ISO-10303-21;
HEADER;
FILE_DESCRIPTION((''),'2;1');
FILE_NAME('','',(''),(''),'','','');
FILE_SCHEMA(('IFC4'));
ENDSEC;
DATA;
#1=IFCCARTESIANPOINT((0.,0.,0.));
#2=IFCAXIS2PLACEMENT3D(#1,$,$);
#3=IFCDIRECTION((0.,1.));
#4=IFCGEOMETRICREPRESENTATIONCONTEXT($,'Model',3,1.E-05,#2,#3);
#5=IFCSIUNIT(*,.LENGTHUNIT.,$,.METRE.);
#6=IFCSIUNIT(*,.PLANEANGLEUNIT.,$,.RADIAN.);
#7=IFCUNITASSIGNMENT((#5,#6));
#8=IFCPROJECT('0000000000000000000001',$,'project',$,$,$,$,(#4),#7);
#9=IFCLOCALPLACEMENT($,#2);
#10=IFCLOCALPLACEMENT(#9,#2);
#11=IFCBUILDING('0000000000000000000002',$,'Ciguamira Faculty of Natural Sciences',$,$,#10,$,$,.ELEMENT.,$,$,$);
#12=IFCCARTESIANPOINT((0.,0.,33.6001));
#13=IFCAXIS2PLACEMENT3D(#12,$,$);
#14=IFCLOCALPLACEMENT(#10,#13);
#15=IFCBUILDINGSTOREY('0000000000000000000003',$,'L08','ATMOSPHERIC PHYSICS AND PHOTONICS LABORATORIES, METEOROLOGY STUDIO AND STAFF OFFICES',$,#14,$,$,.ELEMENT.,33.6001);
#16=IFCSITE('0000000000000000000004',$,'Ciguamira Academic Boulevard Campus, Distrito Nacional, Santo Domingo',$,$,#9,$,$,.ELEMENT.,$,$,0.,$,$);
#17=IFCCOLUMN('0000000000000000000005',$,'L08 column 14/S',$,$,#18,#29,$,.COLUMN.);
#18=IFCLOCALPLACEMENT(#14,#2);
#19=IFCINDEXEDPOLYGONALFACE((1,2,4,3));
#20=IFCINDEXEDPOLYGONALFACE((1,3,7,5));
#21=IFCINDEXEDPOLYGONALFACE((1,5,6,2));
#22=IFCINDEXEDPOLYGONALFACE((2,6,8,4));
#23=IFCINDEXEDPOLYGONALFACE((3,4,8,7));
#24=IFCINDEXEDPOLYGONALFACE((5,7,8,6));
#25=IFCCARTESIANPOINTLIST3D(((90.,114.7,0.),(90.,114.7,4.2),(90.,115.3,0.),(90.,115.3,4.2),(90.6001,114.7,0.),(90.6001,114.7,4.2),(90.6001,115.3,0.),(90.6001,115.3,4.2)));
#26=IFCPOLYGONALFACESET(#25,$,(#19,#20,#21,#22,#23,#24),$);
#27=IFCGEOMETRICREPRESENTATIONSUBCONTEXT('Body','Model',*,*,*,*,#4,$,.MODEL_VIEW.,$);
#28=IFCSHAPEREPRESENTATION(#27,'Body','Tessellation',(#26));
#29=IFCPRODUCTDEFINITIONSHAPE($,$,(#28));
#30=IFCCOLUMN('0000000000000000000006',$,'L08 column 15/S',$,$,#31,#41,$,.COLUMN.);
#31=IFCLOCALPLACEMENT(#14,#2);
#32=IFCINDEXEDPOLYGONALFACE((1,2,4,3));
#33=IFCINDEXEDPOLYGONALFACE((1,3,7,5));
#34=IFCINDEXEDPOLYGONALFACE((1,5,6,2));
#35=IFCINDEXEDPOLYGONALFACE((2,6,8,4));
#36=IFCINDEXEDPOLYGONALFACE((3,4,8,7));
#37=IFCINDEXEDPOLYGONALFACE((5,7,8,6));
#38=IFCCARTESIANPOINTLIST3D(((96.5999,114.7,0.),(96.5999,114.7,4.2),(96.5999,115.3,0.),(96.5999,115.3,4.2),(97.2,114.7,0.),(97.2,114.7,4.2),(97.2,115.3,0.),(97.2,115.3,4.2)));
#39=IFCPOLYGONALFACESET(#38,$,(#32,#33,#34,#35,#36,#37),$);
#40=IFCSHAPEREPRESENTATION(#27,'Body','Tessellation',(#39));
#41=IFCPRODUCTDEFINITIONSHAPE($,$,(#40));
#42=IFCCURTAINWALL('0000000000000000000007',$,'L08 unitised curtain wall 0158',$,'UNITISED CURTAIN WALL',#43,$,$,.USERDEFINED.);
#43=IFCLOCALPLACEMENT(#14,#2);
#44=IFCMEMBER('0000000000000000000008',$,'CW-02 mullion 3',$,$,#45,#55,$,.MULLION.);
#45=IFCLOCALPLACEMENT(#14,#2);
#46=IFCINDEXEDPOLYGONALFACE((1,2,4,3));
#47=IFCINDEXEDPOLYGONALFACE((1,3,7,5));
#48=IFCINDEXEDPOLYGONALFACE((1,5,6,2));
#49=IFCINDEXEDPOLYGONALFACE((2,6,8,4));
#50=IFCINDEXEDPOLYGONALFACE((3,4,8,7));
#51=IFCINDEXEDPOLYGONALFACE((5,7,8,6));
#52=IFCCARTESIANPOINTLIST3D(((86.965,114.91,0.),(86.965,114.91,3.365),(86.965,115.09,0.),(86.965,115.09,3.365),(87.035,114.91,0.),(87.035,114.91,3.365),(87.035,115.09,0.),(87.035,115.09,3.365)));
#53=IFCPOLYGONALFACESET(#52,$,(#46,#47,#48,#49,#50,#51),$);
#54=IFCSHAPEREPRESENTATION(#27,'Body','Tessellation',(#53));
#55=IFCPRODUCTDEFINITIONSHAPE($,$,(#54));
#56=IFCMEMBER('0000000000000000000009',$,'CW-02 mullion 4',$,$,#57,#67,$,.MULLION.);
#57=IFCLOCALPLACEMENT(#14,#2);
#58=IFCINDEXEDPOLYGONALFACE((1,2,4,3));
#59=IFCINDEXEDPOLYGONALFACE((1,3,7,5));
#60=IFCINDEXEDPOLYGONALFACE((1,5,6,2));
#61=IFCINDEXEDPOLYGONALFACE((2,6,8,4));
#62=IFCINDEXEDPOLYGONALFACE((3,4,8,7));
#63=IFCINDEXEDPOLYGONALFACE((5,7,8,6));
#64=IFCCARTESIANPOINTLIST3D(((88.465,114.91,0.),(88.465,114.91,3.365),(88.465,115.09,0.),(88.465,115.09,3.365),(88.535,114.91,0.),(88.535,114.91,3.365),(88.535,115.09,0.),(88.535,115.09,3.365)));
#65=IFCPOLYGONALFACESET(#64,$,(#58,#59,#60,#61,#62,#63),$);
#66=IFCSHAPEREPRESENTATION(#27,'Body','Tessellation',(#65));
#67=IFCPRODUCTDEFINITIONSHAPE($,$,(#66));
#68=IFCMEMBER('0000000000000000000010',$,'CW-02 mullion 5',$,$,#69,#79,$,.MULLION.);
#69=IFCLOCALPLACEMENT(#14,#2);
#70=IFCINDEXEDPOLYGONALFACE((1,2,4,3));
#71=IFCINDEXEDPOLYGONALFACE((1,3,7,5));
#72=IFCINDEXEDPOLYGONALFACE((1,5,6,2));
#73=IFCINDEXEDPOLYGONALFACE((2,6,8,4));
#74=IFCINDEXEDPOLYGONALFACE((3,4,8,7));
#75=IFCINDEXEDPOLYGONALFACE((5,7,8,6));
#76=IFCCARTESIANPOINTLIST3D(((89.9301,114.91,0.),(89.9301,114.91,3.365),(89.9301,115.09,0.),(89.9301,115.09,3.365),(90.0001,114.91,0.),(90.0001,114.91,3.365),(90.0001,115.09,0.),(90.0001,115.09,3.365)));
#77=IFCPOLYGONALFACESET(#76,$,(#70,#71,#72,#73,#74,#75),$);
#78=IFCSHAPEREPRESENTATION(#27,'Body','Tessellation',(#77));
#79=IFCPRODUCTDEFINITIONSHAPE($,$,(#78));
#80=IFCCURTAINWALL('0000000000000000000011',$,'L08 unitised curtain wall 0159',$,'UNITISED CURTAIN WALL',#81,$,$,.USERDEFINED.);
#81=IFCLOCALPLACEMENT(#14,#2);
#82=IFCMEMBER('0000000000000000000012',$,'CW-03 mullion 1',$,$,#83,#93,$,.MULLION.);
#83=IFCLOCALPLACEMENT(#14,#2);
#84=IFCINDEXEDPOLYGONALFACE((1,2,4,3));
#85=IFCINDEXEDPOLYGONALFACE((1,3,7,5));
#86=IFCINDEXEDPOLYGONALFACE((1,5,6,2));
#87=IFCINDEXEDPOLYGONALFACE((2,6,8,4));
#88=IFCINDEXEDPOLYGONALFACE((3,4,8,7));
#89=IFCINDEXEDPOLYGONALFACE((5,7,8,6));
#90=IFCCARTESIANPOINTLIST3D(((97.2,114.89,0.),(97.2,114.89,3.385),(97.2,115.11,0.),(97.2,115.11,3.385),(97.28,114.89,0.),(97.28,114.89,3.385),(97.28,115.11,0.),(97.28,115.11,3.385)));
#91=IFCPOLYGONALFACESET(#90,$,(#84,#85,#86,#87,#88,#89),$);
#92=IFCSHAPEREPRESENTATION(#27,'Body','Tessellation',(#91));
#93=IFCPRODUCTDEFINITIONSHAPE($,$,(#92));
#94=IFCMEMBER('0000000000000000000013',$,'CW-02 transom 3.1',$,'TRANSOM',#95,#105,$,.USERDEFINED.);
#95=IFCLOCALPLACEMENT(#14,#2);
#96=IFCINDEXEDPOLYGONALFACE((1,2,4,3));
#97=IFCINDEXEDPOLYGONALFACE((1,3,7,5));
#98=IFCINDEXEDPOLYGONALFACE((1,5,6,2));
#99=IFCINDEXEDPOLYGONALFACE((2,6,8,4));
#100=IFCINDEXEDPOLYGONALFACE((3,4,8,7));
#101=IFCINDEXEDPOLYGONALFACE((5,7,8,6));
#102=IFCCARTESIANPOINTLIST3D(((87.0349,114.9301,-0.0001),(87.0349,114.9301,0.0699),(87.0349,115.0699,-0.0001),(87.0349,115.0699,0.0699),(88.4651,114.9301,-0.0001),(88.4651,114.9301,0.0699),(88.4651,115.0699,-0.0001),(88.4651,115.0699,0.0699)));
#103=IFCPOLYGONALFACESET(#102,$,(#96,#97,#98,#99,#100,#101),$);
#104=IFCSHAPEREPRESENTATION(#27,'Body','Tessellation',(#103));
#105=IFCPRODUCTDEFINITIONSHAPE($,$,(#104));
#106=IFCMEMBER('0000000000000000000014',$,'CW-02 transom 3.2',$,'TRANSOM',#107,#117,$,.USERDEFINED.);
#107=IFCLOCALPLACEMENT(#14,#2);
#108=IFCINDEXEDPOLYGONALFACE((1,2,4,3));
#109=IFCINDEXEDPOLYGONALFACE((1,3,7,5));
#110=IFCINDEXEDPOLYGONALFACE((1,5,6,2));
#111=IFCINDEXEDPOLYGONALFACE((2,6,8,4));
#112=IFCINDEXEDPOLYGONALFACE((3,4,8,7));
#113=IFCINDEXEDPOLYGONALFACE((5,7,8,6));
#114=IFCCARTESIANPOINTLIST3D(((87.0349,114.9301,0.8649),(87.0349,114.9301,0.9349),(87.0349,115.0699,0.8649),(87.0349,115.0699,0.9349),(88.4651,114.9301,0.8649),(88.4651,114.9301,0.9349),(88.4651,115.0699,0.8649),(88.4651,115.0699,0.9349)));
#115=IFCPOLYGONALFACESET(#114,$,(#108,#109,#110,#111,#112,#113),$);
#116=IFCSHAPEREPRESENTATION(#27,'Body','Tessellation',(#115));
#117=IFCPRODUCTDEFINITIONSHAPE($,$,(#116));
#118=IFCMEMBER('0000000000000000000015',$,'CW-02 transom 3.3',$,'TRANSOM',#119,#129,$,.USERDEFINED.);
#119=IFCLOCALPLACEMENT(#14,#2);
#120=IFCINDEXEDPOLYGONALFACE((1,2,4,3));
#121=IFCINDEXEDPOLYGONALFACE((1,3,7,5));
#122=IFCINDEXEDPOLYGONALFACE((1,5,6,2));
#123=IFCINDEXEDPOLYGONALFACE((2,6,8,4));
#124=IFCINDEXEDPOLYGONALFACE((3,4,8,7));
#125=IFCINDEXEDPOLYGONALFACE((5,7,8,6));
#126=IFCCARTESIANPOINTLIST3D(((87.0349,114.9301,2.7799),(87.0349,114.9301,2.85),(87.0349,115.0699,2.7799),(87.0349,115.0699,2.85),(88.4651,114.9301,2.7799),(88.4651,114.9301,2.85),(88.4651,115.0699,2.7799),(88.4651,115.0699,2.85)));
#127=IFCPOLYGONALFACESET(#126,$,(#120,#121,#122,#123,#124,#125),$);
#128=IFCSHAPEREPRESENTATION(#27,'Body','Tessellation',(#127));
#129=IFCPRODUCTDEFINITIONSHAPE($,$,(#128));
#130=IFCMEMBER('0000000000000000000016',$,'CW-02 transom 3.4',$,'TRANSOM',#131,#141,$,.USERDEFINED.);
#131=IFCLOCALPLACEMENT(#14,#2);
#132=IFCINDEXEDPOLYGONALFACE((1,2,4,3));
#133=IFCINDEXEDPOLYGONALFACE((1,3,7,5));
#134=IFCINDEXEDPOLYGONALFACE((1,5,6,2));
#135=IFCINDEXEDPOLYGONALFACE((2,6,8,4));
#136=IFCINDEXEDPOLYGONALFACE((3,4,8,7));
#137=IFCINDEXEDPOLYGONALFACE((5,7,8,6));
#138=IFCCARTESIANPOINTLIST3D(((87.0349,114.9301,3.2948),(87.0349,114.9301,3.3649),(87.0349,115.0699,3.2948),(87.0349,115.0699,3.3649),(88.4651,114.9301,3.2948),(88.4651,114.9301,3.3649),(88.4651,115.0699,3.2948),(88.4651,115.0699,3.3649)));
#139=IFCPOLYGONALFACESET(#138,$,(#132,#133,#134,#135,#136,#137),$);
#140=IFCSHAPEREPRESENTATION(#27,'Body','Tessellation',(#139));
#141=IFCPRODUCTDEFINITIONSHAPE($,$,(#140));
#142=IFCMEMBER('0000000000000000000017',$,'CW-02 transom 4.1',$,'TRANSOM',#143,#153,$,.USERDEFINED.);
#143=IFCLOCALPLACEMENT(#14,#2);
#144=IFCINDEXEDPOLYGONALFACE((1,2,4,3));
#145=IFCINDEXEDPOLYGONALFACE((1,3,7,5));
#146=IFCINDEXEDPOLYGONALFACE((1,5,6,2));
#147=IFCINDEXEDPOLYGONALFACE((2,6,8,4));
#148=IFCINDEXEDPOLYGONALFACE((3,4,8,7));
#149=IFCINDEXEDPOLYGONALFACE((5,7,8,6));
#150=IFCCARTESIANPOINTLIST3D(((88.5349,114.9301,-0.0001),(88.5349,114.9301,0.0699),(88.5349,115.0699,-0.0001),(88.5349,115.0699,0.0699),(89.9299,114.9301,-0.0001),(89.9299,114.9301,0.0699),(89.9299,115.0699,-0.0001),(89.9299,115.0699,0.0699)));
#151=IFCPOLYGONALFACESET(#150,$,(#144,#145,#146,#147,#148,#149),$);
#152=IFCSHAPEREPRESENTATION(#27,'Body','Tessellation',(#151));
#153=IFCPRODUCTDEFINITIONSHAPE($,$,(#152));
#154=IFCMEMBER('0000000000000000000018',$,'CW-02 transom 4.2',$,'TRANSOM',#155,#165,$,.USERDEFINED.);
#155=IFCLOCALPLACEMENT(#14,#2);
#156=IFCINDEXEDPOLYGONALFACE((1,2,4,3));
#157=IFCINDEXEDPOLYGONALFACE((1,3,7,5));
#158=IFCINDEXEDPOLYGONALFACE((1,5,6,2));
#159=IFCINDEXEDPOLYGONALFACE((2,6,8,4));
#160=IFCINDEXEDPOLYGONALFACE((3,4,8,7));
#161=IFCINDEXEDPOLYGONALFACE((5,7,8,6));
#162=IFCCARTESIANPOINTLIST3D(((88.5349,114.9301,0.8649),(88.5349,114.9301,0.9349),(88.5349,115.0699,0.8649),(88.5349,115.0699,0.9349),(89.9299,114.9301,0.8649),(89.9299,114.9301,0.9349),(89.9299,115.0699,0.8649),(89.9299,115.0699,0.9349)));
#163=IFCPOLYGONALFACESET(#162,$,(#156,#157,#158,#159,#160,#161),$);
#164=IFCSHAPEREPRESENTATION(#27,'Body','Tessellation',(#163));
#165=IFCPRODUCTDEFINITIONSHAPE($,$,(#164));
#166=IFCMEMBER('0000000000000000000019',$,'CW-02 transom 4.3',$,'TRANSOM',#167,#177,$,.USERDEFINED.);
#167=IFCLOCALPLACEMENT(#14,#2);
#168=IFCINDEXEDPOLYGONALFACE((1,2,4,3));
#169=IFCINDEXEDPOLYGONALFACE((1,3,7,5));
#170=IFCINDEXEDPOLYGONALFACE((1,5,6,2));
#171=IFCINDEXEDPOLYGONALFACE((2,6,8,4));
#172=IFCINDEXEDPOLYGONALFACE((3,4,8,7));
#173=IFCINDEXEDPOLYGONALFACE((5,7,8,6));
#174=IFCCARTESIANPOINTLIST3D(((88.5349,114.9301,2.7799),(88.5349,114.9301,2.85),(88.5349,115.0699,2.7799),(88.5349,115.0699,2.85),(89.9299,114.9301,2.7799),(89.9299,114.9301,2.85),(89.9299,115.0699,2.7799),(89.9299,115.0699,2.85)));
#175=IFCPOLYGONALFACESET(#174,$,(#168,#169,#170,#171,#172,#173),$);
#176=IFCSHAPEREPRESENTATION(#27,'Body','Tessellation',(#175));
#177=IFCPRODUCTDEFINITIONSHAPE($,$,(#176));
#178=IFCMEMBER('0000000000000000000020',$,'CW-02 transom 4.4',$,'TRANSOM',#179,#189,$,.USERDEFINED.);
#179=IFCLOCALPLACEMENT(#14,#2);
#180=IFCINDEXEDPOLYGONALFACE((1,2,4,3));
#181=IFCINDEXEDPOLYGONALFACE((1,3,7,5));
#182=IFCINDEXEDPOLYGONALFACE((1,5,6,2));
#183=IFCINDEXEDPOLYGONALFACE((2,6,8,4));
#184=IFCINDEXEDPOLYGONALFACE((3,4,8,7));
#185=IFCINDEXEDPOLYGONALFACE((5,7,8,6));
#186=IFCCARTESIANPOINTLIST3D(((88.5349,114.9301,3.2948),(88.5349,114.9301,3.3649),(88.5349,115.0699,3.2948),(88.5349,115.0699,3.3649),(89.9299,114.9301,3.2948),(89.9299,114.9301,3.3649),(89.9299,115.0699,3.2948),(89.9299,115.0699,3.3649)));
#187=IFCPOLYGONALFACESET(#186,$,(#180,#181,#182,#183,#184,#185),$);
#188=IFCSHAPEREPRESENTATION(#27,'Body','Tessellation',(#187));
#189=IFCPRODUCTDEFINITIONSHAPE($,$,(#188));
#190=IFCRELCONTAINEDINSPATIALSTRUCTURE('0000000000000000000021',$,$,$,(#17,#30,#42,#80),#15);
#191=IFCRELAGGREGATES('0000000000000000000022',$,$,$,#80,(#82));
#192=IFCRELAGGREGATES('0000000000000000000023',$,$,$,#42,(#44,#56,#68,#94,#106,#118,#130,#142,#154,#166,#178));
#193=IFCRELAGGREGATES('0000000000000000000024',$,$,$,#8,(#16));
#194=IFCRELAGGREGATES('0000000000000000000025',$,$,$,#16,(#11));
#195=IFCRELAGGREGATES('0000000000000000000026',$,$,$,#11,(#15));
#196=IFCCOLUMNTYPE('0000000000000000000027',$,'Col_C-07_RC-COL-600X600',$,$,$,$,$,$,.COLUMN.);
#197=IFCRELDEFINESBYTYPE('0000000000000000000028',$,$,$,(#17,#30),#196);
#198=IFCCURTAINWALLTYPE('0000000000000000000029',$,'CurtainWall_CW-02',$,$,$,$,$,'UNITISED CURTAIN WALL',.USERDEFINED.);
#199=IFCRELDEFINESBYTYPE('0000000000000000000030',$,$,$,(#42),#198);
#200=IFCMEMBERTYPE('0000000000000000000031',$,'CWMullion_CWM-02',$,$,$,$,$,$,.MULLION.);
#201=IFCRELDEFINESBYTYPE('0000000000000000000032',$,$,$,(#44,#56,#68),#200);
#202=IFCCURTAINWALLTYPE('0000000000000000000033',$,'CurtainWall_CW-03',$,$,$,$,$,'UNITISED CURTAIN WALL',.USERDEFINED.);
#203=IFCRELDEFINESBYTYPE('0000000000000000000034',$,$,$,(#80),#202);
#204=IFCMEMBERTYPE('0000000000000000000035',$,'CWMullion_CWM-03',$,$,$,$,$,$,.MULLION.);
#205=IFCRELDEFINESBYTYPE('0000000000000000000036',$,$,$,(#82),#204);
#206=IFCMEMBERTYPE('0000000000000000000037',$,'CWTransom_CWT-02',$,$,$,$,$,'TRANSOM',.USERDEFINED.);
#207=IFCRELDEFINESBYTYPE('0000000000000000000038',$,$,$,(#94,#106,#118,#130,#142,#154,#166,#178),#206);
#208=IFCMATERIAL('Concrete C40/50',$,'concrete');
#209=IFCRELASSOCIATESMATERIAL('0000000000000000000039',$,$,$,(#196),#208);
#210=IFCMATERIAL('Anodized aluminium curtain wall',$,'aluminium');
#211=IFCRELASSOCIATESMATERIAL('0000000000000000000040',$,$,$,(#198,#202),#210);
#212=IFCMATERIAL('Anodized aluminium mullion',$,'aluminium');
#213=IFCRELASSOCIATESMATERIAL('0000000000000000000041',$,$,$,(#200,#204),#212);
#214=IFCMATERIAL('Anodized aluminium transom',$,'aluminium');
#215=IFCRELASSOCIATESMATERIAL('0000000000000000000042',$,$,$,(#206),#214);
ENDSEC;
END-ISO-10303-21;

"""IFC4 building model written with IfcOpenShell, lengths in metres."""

from ifc_helpers import new_model, si_unit, direction, frame, origin, origin_2d, place, context, subcontext, project, spatial, rectangle, extrude, material, material_profile, profile_set, type_object, element, aggregate, save


model = new_model("IFC4")

# Units and contexts
model_context = context("Model", 3, precision=1e-05, world=origin(), true_north=direction((0.0, 1.0)))
body_context = subcontext(model_context, "Body", "Model", "MODEL_VIEW")
ifc_project = project(units=[si_unit("LENGTHUNIT", "METRE"), si_unit("PLANEANGLEUNIT", "RADIAN")], contexts=[model_context])

# Site, building, storey
site_placement = place(None, origin())
site = spatial("IfcSite", under=ifc_project, at=site_placement, Name="Ciguamira Academic Boulevard Campus, Distrito Nacional, Santo Domingo", CompositionType="ELEMENT", RefElevation=0.0)
building_placement = place(site_placement, origin())
building = spatial("IfcBuilding", under=site, at=building_placement, Name="Ciguamira Faculty of Natural Sciences", CompositionType="ELEMENT")
storey_placement = place(building_placement, frame((0.0, 0.0, 33.6001)))
storey = spatial("IfcBuildingStorey", under=building, at=storey_placement, Name="L08", Description="ATMOSPHERIC PHYSICS AND PHOTONICS LABORATORIES, METEOROLOGY STUDIO AND STAFF OFFICES", CompositionType="ELEMENT", Elevation=33.6001)

# Columns
ifc_material_1 = material(Name="Concrete C40/50", Category="concrete")
ifc_material_profile_1 = material_profile(ifc_material_1, rectangle(XDim=0.6001, YDim=0.6001, at=origin_2d()), Name="RC-COL-600X600")
ifc_profile_set_1 = profile_set([ifc_material_profile_1], Name="Concrete C40/50")
column_type = type_object("IfcColumnType", Name="Col_C-07_RC-COL-600X600", PredefinedType="COLUMN", material=ifc_profile_set_1)
for number, where, z_axis, x_axis, name in (
    (1, (90.3, 115.0, 0.0), (0.0, 0.0, 1.0), (1.0, 0.0, 0.0), "L08 column 14/S"),
    (2, (96.8999, 115.0, 0.0), (0.0, 0.0, 1.0), (1.0, 0.0, 0.0), "L08 column 15/S"),
):
    element("IfcColumn", number, at=place(storey_placement, frame(where, z_axis=z_axis, x_axis=x_axis)), inside=storey, type_object=column_type, Name=name, PredefinedType="COLUMN", context=body_context, shape_type="SweptSolid", body=[
        extrude(rectangle(XDim=0.6001, YDim=0.6001, at=origin_2d()), origin(), (0.0, 0.0, 1.0), 4.2),
    ])

# Curtain wall, members
ifc_material_2 = material(Name="Anodized aluminium curtain wall", Category="aluminium")
curtain_wall_type_1 = type_object("IfcCurtainWallType", Name="CurtainWall_CW-02", ElementType="UNITISED CURTAIN WALL", PredefinedType="USERDEFINED", material=ifc_material_2)
curtain_wall_1_placement = place(storey_placement, origin())
curtain_wall_1 = element("IfcCurtainWall", 3, at=curtain_wall_1_placement, inside=storey, type_object=curtain_wall_type_1, Name="L08 unitised curtain wall 0158", ObjectType="UNITISED CURTAIN WALL", PredefinedType="USERDEFINED")
ifc_material_3 = material(Name="Anodized aluminium mullion", Category="aluminium")
ifc_material_profile_2 = material_profile(ifc_material_3, rectangle(XDim=0.0701, YDim=0.1799, at=origin_2d()), Name="ALU-MUL-70X180")
ifc_profile_set_2 = profile_set([ifc_material_profile_2], Name="Anodized aluminium mullion")
member_type_1 = type_object("IfcMemberType", Name="CWMullion_CWM-02", PredefinedType="MULLION", material=ifc_profile_set_2)
member_1_placement = place(storey_placement, frame((87.0, 115.0, 0.0), z_axis=(0.0, 0.0, 1.0), x_axis=(1.0, 0.0, 0.0)))
member_1 = element("IfcMember", 4, at=member_1_placement, type_object=member_type_1, Name="CW-02 mullion 3", PredefinedType="MULLION", context=body_context, shape_type="SweptSolid", body=[
    extrude(rectangle(XDim=0.0701, YDim=0.1799, at=origin_2d()), origin(), (0.0, 0.0, 1.0), 3.365),
])
member_2_placement = place(storey_placement, frame((88.5, 115.0, 0.0), z_axis=(0.0, 0.0, 1.0), x_axis=(1.0, 0.0, 0.0)))
member_2 = element("IfcMember", 5, at=member_2_placement, type_object=member_type_1, Name="CW-02 mullion 4", PredefinedType="MULLION", context=body_context, shape_type="SweptSolid", body=[
    extrude(rectangle(XDim=0.0701, YDim=0.1799, at=origin_2d()), origin(), (0.0, 0.0, 1.0), 3.365),
])
member_3_placement = place(storey_placement, frame((89.9651, 115.0, 0.0), z_axis=(0.0, 0.0, 1.0), x_axis=(1.0, 0.0, 0.0)))
member_3 = element("IfcMember", 6, at=member_3_placement, type_object=member_type_1, Name="CW-02 mullion 5", PredefinedType="MULLION", context=body_context, shape_type="SweptSolid", body=[
    extrude(rectangle(XDim=0.0701, YDim=0.1799, at=origin_2d()), origin(), (0.0, 0.0, 1.0), 3.365),
])

# Curtain wall, member
curtain_wall_type_2 = type_object("IfcCurtainWallType", Name="CurtainWall_CW-03", ElementType="UNITISED CURTAIN WALL", PredefinedType="USERDEFINED", material=ifc_material_2)
curtain_wall_2_placement = place(storey_placement, origin())
curtain_wall_2 = element("IfcCurtainWall", 7, at=curtain_wall_2_placement, inside=storey, type_object=curtain_wall_type_2, Name="L08 unitised curtain wall 0159", ObjectType="UNITISED CURTAIN WALL", PredefinedType="USERDEFINED")
ifc_material_profile_3 = material_profile(ifc_material_3, rectangle(XDim=0.0801, YDim=0.22, at=origin_2d()), Name="ALU-MUL-80X220")
ifc_profile_set_3 = profile_set([ifc_material_profile_3], Name="Anodized aluminium mullion")
member_type_2 = type_object("IfcMemberType", Name="CWMullion_CWM-03", PredefinedType="MULLION", material=ifc_profile_set_3)
member_4_placement = place(storey_placement, frame((97.24, 115.0, 0.0), z_axis=(0.0, 0.0, 1.0), x_axis=(1.0, 0.0, 0.0)))
member_4 = element("IfcMember", 8, at=member_4_placement, type_object=member_type_2, Name="CW-03 mullion 1", PredefinedType="MULLION", context=body_context, shape_type="SweptSolid", body=[
    extrude(rectangle(XDim=0.0801, YDim=0.22, at=origin_2d()), origin(), (0.0, 0.0, 1.0), 3.385),
])

# Members
ifc_material_4 = material(Name="Anodized aluminium transom", Category="aluminium")
ifc_material_profile_4 = material_profile(ifc_material_4, rectangle(XDim=0.0701, YDim=0.1399, at=origin_2d()), Name="ALU-TRN-70X140")
ifc_profile_set_4 = profile_set([ifc_material_profile_4], Name="Anodized aluminium transom")
member_type_3 = type_object("IfcMemberType", Name="CWTransom_CWT-02", ElementType="TRANSOM", PredefinedType="USERDEFINED", material=ifc_profile_set_4)
member_5_placement = place(storey_placement, frame((87.0349, 115.0, 0.0349), z_axis=(1.0, 0.0, 0.0), x_axis=(0.0, 0.0, 1.0)))
member_5 = element("IfcMember", 9, at=member_5_placement, type_object=member_type_3, Name="CW-02 transom 3.1", ObjectType="TRANSOM", PredefinedType="USERDEFINED", context=body_context, shape_type="SweptSolid", body=[
    extrude(rectangle(XDim=0.0701, YDim=0.1399, at=origin_2d()), origin(), (0.0, 0.0, 1.0), 1.4302),
])
member_6_placement = place(storey_placement, frame((87.0349, 115.0, 0.8999), z_axis=(1.0, 0.0, 0.0), x_axis=(0.0, 0.0, 1.0)))
member_6 = element("IfcMember", 10, at=member_6_placement, type_object=member_type_3, Name="CW-02 transom 3.2", ObjectType="TRANSOM", PredefinedType="USERDEFINED", context=body_context, shape_type="SweptSolid", body=[
    extrude(rectangle(XDim=0.0701, YDim=0.1399, at=origin_2d()), origin(), (0.0, 0.0, 1.0), 1.4302),
])
member_7_placement = place(storey_placement, frame((87.0349, 115.0, 2.8149), z_axis=(1.0, 0.0, 0.0), x_axis=(0.0, 0.0, 1.0)))
member_7 = element("IfcMember", 11, at=member_7_placement, type_object=member_type_3, Name="CW-02 transom 3.3", ObjectType="TRANSOM", PredefinedType="USERDEFINED", context=body_context, shape_type="SweptSolid", body=[
    extrude(rectangle(XDim=0.0701, YDim=0.1399, at=origin_2d()), origin(), (0.0, 0.0, 1.0), 1.4302),
])
member_8_placement = place(storey_placement, frame((87.0349, 115.0, 3.3298), z_axis=(1.0, 0.0, 0.0), x_axis=(0.0, 0.0, 1.0)))
member_8 = element("IfcMember", 12, at=member_8_placement, type_object=member_type_3, Name="CW-02 transom 3.4", ObjectType="TRANSOM", PredefinedType="USERDEFINED", context=body_context, shape_type="SweptSolid", body=[
    extrude(rectangle(XDim=0.0701, YDim=0.1399, at=origin_2d()), origin(), (0.0, 0.0, 1.0), 1.4302),
])
member_9_placement = place(storey_placement, frame((88.5349, 115.0, 0.0349), z_axis=(1.0, 0.0, 0.0), x_axis=(0.0, 0.0, 1.0)))
member_9 = element("IfcMember", 13, at=member_9_placement, type_object=member_type_3, Name="CW-02 transom 4.1", ObjectType="TRANSOM", PredefinedType="USERDEFINED", context=body_context, shape_type="SweptSolid", body=[
    extrude(rectangle(XDim=0.0701, YDim=0.1399, at=origin_2d()), origin(), (0.0, 0.0, 1.0), 1.395),
])
member_10_placement = place(storey_placement, frame((88.5349, 115.0, 0.8999), z_axis=(1.0, 0.0, 0.0), x_axis=(0.0, 0.0, 1.0)))
member_10 = element("IfcMember", 14, at=member_10_placement, type_object=member_type_3, Name="CW-02 transom 4.2", ObjectType="TRANSOM", PredefinedType="USERDEFINED", context=body_context, shape_type="SweptSolid", body=[
    extrude(rectangle(XDim=0.0701, YDim=0.1399, at=origin_2d()), origin(), (0.0, 0.0, 1.0), 1.395),
])
member_11_placement = place(storey_placement, frame((88.5349, 115.0, 2.8149), z_axis=(1.0, 0.0, 0.0), x_axis=(0.0, 0.0, 1.0)))
member_11 = element("IfcMember", 15, at=member_11_placement, type_object=member_type_3, Name="CW-02 transom 4.3", ObjectType="TRANSOM", PredefinedType="USERDEFINED", context=body_context, shape_type="SweptSolid", body=[
    extrude(rectangle(XDim=0.0701, YDim=0.1399, at=origin_2d()), origin(), (0.0, 0.0, 1.0), 1.395),
])
member_12_placement = place(storey_placement, frame((88.5349, 115.0, 3.3298), z_axis=(1.0, 0.0, 0.0), x_axis=(0.0, 0.0, 1.0)))
member_12 = element("IfcMember", 16, at=member_12_placement, type_object=member_type_3, Name="CW-02 transom 4.4", ObjectType="TRANSOM", PredefinedType="USERDEFINED", context=body_context, shape_type="SweptSolid", body=[
    extrude(rectangle(XDim=0.0701, YDim=0.1399, at=origin_2d()), origin(), (0.0, 0.0, 1.0), 1.395),
])
aggregate(curtain_wall_2, [member_4])

aggregate(curtain_wall_1, [member_1, member_2, member_3, member_5, member_6, member_7, member_8, member_9, member_10, member_11, member_12])

save(model, "model.ifc")
